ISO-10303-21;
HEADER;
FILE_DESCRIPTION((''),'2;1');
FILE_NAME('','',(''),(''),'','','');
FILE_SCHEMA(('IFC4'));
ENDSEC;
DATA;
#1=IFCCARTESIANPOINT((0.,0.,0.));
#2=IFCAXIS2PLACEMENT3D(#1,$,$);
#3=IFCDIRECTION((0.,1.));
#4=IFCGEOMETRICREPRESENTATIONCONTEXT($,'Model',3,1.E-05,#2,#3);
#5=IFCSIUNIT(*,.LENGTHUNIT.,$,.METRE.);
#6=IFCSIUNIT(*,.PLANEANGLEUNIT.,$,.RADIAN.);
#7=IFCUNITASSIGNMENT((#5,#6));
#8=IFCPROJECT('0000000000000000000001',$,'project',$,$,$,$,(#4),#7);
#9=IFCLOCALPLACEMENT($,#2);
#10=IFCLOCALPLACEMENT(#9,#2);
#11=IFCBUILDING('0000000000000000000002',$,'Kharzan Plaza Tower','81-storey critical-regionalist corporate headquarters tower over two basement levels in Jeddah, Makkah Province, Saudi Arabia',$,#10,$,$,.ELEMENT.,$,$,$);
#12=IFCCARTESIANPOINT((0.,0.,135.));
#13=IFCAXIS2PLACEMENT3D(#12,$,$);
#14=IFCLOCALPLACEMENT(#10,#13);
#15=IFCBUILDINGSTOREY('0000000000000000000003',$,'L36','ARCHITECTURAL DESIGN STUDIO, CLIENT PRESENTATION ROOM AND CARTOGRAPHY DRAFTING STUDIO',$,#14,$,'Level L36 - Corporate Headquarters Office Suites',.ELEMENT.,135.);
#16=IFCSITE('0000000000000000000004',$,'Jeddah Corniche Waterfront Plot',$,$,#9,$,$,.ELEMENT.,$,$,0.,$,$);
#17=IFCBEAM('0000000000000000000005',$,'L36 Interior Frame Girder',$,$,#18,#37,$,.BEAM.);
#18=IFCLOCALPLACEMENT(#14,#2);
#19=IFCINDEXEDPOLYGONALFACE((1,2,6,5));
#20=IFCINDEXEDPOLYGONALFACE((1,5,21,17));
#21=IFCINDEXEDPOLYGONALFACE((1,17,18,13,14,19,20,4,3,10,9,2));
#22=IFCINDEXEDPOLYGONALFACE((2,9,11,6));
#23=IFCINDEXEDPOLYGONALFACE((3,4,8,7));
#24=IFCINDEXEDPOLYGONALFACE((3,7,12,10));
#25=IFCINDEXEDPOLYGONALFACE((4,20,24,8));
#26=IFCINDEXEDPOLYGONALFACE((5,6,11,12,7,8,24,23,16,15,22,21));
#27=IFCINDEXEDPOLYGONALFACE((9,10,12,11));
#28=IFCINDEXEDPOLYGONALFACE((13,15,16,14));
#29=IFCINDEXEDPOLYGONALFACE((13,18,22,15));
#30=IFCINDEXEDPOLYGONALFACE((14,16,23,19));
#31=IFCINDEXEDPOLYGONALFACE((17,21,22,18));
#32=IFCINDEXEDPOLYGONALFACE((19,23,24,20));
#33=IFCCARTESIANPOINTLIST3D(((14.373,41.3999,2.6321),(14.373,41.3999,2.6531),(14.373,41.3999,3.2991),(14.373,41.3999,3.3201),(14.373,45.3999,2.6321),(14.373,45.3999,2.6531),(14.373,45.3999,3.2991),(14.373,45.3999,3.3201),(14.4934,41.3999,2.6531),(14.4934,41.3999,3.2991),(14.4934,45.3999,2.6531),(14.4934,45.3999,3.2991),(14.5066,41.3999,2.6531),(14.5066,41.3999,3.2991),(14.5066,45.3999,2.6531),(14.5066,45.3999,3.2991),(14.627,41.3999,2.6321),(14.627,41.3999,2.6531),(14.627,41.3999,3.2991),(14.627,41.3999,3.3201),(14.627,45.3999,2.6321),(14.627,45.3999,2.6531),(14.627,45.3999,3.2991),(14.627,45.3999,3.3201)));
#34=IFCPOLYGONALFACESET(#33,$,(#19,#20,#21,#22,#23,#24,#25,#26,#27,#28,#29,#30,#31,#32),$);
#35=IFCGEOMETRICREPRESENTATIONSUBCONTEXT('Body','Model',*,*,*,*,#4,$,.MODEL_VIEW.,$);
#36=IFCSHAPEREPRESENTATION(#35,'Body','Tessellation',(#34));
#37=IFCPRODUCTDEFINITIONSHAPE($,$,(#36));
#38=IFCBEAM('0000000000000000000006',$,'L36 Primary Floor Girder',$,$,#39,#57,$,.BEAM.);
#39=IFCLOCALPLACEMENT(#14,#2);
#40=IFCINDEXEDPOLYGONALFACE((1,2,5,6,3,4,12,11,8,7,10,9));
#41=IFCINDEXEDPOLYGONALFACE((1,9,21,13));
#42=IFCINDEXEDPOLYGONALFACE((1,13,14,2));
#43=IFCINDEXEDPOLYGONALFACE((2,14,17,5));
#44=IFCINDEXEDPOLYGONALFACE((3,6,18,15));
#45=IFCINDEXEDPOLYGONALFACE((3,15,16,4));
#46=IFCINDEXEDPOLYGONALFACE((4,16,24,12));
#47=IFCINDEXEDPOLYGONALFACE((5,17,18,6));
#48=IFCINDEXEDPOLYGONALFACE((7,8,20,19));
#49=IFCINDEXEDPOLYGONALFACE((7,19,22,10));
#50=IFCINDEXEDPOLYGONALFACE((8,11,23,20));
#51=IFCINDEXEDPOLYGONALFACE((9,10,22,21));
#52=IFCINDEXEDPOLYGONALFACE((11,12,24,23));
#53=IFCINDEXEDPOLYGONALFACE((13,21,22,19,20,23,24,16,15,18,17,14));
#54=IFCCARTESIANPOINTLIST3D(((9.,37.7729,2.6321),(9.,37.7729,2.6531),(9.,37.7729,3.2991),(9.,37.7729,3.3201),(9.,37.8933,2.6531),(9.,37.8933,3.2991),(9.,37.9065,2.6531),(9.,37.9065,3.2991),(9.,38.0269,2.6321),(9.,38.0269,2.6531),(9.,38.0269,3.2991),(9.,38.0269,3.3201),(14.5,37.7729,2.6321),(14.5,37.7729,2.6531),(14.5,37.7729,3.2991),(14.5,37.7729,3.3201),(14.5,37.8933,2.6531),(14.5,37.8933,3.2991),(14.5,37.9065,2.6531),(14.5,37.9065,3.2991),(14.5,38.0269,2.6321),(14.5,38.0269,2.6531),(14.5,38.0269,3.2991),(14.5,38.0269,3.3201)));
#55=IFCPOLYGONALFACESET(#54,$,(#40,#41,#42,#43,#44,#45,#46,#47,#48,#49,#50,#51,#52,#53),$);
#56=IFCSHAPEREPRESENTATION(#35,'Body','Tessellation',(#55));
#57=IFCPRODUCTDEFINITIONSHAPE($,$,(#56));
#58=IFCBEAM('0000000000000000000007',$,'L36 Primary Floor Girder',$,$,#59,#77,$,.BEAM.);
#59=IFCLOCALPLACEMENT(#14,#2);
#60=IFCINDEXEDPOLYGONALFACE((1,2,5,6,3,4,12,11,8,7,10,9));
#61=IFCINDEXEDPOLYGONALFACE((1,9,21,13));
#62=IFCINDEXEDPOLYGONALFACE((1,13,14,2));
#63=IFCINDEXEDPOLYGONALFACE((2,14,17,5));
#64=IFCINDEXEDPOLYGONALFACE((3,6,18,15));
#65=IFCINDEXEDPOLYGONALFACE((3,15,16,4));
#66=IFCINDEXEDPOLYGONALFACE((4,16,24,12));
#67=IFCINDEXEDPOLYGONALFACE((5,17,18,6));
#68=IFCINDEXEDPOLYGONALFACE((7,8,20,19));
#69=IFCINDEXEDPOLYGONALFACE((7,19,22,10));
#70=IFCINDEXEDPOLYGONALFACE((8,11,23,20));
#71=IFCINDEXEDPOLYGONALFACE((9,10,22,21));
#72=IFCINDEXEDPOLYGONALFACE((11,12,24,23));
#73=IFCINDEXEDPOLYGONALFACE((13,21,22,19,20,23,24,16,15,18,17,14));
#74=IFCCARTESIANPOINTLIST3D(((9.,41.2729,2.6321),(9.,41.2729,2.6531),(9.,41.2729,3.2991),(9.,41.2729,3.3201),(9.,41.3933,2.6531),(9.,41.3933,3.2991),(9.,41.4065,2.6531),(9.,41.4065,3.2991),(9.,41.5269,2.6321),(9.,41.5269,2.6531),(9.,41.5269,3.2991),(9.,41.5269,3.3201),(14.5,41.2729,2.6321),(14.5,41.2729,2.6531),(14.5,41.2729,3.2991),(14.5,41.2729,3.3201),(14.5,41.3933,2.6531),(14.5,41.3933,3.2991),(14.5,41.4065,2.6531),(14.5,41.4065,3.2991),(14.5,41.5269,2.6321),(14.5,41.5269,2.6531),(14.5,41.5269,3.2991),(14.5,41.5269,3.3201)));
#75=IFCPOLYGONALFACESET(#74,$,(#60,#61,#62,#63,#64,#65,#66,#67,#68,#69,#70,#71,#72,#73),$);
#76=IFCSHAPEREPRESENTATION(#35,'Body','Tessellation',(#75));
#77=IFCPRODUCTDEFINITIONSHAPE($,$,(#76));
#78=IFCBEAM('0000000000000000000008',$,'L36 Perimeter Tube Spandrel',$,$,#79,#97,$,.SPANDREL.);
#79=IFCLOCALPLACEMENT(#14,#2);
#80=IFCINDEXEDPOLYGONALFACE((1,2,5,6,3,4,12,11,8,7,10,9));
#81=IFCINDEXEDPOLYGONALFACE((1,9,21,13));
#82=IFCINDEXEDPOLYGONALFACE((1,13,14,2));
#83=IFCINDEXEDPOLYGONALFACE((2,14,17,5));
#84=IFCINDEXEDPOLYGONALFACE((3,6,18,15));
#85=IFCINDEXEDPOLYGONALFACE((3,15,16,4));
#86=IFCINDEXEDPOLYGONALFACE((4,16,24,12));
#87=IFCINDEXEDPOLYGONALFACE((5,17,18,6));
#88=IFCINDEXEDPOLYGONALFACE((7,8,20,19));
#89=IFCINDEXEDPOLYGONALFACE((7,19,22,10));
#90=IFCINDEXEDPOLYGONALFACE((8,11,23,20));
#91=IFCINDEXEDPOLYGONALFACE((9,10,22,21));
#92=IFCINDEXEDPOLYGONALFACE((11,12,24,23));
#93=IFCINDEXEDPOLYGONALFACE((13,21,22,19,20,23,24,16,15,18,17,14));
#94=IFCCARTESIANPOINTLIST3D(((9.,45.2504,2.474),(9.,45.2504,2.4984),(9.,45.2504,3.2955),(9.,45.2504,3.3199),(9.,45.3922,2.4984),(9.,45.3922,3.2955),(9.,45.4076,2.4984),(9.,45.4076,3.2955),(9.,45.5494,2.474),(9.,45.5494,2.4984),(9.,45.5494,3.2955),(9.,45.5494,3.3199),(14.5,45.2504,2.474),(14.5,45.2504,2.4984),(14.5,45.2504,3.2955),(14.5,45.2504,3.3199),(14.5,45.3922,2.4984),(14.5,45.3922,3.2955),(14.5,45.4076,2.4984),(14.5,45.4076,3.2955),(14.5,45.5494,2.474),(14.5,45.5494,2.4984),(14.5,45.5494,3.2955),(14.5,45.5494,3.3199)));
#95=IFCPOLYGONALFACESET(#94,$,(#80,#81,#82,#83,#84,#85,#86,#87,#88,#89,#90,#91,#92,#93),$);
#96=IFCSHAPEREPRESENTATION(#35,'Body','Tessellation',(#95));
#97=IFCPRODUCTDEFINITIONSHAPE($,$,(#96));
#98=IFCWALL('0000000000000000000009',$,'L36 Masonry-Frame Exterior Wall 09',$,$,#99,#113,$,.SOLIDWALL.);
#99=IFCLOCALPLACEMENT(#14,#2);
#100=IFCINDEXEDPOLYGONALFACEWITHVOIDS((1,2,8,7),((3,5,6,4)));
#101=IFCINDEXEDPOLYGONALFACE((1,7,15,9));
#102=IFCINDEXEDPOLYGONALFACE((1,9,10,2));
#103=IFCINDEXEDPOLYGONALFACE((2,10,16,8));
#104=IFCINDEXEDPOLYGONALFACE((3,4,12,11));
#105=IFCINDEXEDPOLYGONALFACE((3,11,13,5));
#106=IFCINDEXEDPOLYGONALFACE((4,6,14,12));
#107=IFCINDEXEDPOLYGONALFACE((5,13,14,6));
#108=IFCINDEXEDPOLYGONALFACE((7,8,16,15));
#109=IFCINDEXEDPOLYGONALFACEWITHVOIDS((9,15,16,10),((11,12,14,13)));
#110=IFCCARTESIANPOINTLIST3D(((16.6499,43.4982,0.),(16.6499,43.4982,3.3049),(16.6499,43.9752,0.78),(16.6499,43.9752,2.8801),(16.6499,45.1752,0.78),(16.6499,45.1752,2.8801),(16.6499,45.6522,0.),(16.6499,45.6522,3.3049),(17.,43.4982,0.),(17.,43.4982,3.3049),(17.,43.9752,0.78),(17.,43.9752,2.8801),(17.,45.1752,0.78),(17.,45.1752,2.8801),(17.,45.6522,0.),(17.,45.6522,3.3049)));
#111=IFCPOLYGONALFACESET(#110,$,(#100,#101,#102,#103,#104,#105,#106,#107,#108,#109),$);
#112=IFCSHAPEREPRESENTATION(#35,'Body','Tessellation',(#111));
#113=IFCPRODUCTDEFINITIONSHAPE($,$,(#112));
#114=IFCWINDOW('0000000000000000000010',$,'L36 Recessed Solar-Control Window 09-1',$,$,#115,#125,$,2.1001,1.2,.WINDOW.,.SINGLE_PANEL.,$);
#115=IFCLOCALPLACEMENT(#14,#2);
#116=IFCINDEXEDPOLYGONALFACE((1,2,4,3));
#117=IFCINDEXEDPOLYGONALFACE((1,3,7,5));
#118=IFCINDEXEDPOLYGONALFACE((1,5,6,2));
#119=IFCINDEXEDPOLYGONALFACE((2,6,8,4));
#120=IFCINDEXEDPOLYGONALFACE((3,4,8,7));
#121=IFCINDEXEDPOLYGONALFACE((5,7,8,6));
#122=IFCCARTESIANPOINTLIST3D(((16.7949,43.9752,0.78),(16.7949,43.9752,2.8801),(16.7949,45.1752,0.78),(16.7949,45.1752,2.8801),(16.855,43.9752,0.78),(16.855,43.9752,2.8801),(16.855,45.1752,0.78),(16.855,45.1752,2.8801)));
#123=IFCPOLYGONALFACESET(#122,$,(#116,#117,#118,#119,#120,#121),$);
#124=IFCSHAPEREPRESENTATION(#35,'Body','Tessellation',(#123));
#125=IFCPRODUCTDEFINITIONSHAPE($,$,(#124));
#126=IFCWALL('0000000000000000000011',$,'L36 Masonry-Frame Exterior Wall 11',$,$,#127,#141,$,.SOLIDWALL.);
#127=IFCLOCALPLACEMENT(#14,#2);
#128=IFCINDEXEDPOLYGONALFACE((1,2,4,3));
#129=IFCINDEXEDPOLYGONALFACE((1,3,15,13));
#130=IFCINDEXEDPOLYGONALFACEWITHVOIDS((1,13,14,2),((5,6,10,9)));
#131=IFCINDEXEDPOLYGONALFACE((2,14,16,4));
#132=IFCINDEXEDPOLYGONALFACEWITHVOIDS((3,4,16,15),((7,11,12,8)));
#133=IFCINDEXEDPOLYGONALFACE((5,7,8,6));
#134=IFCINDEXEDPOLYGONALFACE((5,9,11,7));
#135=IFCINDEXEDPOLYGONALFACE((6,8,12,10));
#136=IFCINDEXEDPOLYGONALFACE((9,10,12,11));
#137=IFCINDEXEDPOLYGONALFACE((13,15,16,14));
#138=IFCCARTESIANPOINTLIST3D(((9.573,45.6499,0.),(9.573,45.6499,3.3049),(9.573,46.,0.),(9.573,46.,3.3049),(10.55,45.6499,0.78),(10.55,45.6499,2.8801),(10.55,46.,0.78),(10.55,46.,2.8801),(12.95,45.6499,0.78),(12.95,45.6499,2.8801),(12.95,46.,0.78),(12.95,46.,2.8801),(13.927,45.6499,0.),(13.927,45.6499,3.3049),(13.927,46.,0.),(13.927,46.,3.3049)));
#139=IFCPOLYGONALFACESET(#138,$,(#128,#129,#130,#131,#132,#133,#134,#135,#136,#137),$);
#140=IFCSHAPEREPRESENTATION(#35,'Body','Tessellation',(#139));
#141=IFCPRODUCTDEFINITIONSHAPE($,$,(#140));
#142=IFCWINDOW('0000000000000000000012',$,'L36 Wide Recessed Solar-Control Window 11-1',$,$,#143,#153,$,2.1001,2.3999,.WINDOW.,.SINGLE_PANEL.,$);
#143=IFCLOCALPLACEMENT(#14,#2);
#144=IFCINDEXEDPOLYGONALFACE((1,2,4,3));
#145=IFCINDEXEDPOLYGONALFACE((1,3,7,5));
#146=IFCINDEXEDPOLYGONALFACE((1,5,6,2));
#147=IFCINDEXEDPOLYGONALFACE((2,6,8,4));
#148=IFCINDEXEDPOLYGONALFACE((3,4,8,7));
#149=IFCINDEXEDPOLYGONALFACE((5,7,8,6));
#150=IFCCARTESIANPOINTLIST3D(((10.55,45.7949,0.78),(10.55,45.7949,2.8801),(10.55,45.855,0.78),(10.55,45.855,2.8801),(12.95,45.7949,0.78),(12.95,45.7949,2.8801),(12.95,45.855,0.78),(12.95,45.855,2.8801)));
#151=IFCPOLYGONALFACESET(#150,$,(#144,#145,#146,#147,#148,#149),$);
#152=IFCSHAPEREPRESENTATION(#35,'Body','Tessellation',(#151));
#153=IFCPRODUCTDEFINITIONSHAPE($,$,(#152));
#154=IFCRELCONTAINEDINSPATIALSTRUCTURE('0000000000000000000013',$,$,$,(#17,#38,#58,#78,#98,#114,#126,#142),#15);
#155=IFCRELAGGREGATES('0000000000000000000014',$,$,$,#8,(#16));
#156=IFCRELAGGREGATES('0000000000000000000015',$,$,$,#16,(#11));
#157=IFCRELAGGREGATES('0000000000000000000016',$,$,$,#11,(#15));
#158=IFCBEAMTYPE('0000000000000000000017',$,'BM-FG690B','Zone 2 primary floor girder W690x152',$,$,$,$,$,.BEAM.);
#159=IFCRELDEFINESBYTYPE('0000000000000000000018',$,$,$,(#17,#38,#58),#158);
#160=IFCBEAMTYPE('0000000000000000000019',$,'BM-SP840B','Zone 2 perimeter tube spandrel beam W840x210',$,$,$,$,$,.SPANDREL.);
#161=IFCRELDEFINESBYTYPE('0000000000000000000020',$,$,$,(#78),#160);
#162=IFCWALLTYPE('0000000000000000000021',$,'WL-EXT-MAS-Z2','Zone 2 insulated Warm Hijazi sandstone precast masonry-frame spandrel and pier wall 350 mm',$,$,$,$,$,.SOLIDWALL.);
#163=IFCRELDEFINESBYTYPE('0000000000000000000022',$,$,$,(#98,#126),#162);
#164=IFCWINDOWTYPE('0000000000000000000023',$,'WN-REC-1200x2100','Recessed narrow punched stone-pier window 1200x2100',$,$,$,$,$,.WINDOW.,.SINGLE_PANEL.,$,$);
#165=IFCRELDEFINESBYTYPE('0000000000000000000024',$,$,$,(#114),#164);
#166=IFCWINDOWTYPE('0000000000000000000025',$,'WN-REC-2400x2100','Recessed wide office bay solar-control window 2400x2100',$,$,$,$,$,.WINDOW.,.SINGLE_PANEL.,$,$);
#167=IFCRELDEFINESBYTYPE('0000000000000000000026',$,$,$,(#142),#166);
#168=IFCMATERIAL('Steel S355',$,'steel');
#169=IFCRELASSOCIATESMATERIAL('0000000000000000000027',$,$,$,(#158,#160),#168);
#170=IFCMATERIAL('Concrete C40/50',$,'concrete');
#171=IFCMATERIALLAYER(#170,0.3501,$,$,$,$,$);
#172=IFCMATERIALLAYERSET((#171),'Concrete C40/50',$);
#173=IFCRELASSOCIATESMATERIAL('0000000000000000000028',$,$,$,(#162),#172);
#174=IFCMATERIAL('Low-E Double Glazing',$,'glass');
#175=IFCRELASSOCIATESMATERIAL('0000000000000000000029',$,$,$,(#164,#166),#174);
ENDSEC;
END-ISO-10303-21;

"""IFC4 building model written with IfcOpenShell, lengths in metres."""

from ifc_helpers import new_model, si_unit, direction, frame, frame_2d, origin, origin_2d, place, context, subcontext, project, spatial, rectangle, i_section, extrude, source, transform, mapped, material, layer, layer_set, material_profile, profile_set, type_object, element, fill, save


model = new_model("IFC4")

# Units and contexts
model_context = context("Model", 3, precision=1e-05, world=origin(), true_north=direction((0.0, 1.0)))
body_context = subcontext(model_context, "Body", "Model", "MODEL_VIEW")
ifc_project = project(units=[si_unit("LENGTHUNIT", "METRE"), si_unit("PLANEANGLEUNIT", "RADIAN")], contexts=[model_context])

# Site, building, storey
site_placement = place(None, origin())
site = spatial("IfcSite", under=ifc_project, at=site_placement, Name="Jeddah Corniche Waterfront Plot", CompositionType="ELEMENT", RefElevation=0.0)
building_placement = place(site_placement, origin())
building = spatial("IfcBuilding", under=site, at=building_placement, Name="Kharzan Plaza Tower", Description="81-storey critical-regionalist corporate headquarters tower over two basement levels in Jeddah, Makkah Province, Saudi Arabia", CompositionType="ELEMENT")
storey_placement = place(building_placement, frame((0.0, 0.0, 135.0)))
storey = spatial("IfcBuildingStorey", under=building, at=storey_placement, Name="L36", Description="ARCHITECTURAL DESIGN STUDIO, CLIENT PRESENTATION ROOM AND CARTOGRAPHY DRAFTING STUDIO", LongName="Level L36 - Corporate Headquarters Office Suites", CompositionType="ELEMENT", Elevation=135.0)

# Beams
ifc_material_1 = material(Name="Steel S355", Category="steel")
ifc_material_profile_1 = material_profile(ifc_material_1, i_section(OverallWidth=0.2539, OverallDepth=0.688, WebThickness=0.0132, FlangeThickness=0.021, at=origin_2d()), Name="W690x152")
ifc_profile_set_1 = profile_set([ifc_material_profile_1], Name="Steel S355")
beam_type_1 = type_object("IfcBeamType", Name="BM-FG690B", Description="Zone 2 primary floor girder W690x152", PredefinedType="BEAM", material=ifc_profile_set_1)
shared_shape_1 = source(origin(), body_context, "Body", "SweptSolid", [
    extrude(i_section(OverallWidth=0.2539, OverallDepth=0.688, WebThickness=0.0132, FlangeThickness=0.021, at=origin_2d()), origin(), (0.0, 0.0, 1.0), 4.0),
])
for number, where, z_axis, x_axis, name in (
    (1, (14.5, 41.3999, 2.9761), (0.0, 1.0, 0.0), (-1.0, 0.0, 0.0), "L36 Interior Frame Girder"),
):
    element("IfcBeam", number, at=place(storey_placement, frame(where, z_axis=z_axis, x_axis=x_axis)), inside=storey, type_object=beam_type_1, Name=name, PredefinedType="BEAM", context=body_context, shape_type="MappedRepresentation", body=[
        mapped(shared_shape_1, transform((0.0, 0.0, 0.0), x_axis=(1.0, 0.0, 0.0), y_axis=(0.0, 1.0, 0.0), z_axis=(0.0, 0.0, 1.0))),
    ])
shared_shape_2 = source(origin(), body_context, "Body", "SweptSolid", [
    extrude(i_section(OverallWidth=0.2539, OverallDepth=0.688, WebThickness=0.0132, FlangeThickness=0.021, at=origin_2d()), origin(), (0.0, 0.0, 1.0), 5.5),
])
for number, where, z_axis, x_axis, name in (
    (2, (9.0, 37.8999, 2.9761), (1.0, 0.0, 0.0), (0.0, 1.0, 0.0), "L36 Primary Floor Girder"),
    (3, (9.0, 41.3999, 2.9761), (1.0, 0.0, 0.0), (0.0, 1.0, 0.0), "L36 Primary Floor Girder"),
):
    element("IfcBeam", number, at=place(storey_placement, frame(where, z_axis=z_axis, x_axis=x_axis)), inside=storey, type_object=beam_type_1, Name=name, PredefinedType="BEAM", context=body_context, shape_type="MappedRepresentation", body=[
        mapped(shared_shape_2, transform((0.0, 0.0, 0.0), x_axis=(1.0, 0.0, 0.0), y_axis=(0.0, 1.0, 0.0), z_axis=(0.0, 0.0, 1.0))),
    ])
ifc_material_profile_2 = material_profile(ifc_material_1, i_section(OverallWidth=0.2991, OverallDepth=0.8459, WebThickness=0.0154, FlangeThickness=0.0244, at=origin_2d()), Name="W840x210")
ifc_profile_set_2 = profile_set([ifc_material_profile_2], Name="Steel S355")
beam_type_2 = type_object("IfcBeamType", Name="BM-SP840B", Description="Zone 2 perimeter tube spandrel beam W840x210", PredefinedType="SPANDREL", material=ifc_profile_set_2)
shared_shape_3 = source(origin(), body_context, "Body", "SweptSolid", [
    extrude(i_section(OverallWidth=0.2991, OverallDepth=0.8459, WebThickness=0.0154, FlangeThickness=0.0244, at=origin_2d()), origin(), (0.0, 0.0, 1.0), 5.5),
])
beam_placement = place(storey_placement, frame((9.0, 45.3999, 2.897), z_axis=(1.0, 0.0, 0.0), x_axis=(0.0, 1.0, 0.0)))
element("IfcBeam", 4, at=beam_placement, inside=storey, type_object=beam_type_2, Name="L36 Perimeter Tube Spandrel", PredefinedType="SPANDREL", context=body_context, shape_type="MappedRepresentation", body=[
    mapped(shared_shape_3, transform((0.0, 0.0, 0.0), x_axis=(1.0, 0.0, 0.0), y_axis=(0.0, 1.0, 0.0), z_axis=(0.0, 0.0, 1.0))),
])

# Walls, openings, windows
ifc_material_2 = material(Name="Concrete C40/50", Category="concrete")
ifc_layer_1 = layer(ifc_material_2, 0.3501)
ifc_layer_set_1 = layer_set([ifc_layer_1], Name="Concrete C40/50")
wall_type_1 = type_object("IfcWallType", Name="WL-EXT-MAS-Z2", Description="Zone 2 insulated Warm Hijazi sandstone precast masonry-frame spandrel and pier wall 350 mm", PredefinedType="SOLIDWALL", material=ifc_layer_set_1)
wall_1_placement = place(storey_placement, frame((16.825, 43.498, 0.0), z_axis=(0.0, 0.0, 1.0), x_axis=(0.0, 1.0, 0.0)))
wall_1 = element("IfcWall", 5, at=wall_1_placement, inside=storey, type_object=wall_type_1, Name="L36 Masonry-Frame Exterior Wall 09", PredefinedType="SOLIDWALL", context=body_context, shape_type="SweptSolid", body=[
    extrude(rectangle(XDim=2.1541, YDim=0.3501, at=frame_2d((1.0771, 0.0))), origin(), (0.0, 0.0, 1.0), 3.3049),
])
opening_1_placement = place(wall_1_placement, frame((0.4771, 0.0, 0.78)))
opening_1 = element("IfcOpeningElement", 6, at=opening_1_placement, cuts=wall_1, PredefinedType="OPENING", context=body_context, shape_type="SweptSolid", body=[
    extrude(rectangle(XDim=1.2, YDim=2.1001, at=frame_2d((0.6001, 1.05))), frame((0.0, 0.1851, 0.0), z_axis=(0.0, -1.0, 0.0), x_axis=(1.0, 0.0, 0.0)), (0.0, 0.0, 1.0), 0.3701),
])
ifc_material_3 = material(Name="Low-E Double Glazing", Category="glass")
window_type_1 = type_object("IfcWindowType", Name="WN-REC-1200x2100", Description="Recessed narrow punched stone-pier window 1200x2100", PartitioningType="SINGLE_PANEL", PredefinedType="WINDOW", material=ifc_material_3)
shared_shape_4 = source(origin(), body_context, "Body", "SweptSolid", [
    extrude(rectangle(XDim=1.2, YDim=2.1001, at=frame_2d((0.6001, 1.05))), frame((0.0, 0.03, 0.0), z_axis=(0.0, -1.0, 0.0), x_axis=(1.0, 0.0, 0.0)), (0.0, 0.0, 1.0), 0.0601),
])
window_1_placement = place(opening_1_placement, origin())
window_1 = element("IfcWindow", 7, at=window_1_placement, inside=storey, type_object=window_type_1, Name="L36 Recessed Solar-Control Window 09-1", OverallHeight=2.1001, OverallWidth=1.2, PartitioningType="SINGLE_PANEL", PredefinedType="WINDOW", context=body_context, shape_type="MappedRepresentation", body=[
    mapped(shared_shape_4, transform((0.0, 0.0, 0.0), x_axis=(1.0, 0.0, 0.0), y_axis=(0.0, 1.0, 0.0), z_axis=(0.0, 0.0, 1.0))),
])
fill(opening_1, window_1)
wall_2_placement = place(storey_placement, frame((13.927, 45.825, 0.0), z_axis=(0.0, 0.0, 1.0), x_axis=(-1.0, 0.0, 0.0)))
wall_2 = element("IfcWall", 8, at=wall_2_placement, inside=storey, type_object=wall_type_1, Name="L36 Masonry-Frame Exterior Wall 11", PredefinedType="SOLIDWALL", context=body_context, shape_type="SweptSolid", body=[
    extrude(rectangle(XDim=4.354, YDim=0.3501, at=frame_2d((2.177, 0.0))), origin(), (0.0, 0.0, 1.0), 3.3049),
])
opening_2_placement = place(wall_2_placement, frame((0.9771, 0.0, 0.78)))
opening_2 = element("IfcOpeningElement", 9, at=opening_2_placement, cuts=wall_2, PredefinedType="OPENING", context=body_context, shape_type="SweptSolid", body=[
    extrude(rectangle(XDim=2.3999, YDim=2.1001, at=frame_2d((1.2, 1.05))), frame((0.0, 0.1851, 0.0), z_axis=(0.0, -1.0, 0.0), x_axis=(1.0, 0.0, 0.0)), (0.0, 0.0, 1.0), 0.3701),
])
window_type_2 = type_object("IfcWindowType", Name="WN-REC-2400x2100", Description="Recessed wide office bay solar-control window 2400x2100", PartitioningType="SINGLE_PANEL", PredefinedType="WINDOW", material=ifc_material_3)
shared_shape_5 = source(origin(), body_context, "Body", "SweptSolid", [
    extrude(rectangle(XDim=2.3999, YDim=2.1001, at=frame_2d((1.2, 1.05))), frame((0.0, 0.03, 0.0), z_axis=(0.0, -1.0, 0.0), x_axis=(1.0, 0.0, 0.0)), (0.0, 0.0, 1.0), 0.0601),
])
window_2_placement = place(opening_2_placement, origin())
window_2 = element("IfcWindow", 10, at=window_2_placement, inside=storey, type_object=window_type_2, Name="L36 Wide Recessed Solar-Control Window 11-1", OverallHeight=2.1001, OverallWidth=2.3999, PartitioningType="SINGLE_PANEL", PredefinedType="WINDOW", context=body_context, shape_type="MappedRepresentation", body=[
    mapped(shared_shape_5, transform((0.0, 0.0, 0.0), x_axis=(1.0, 0.0, 0.0), y_axis=(0.0, 1.0, 0.0), z_axis=(0.0, 0.0, 1.0))),
])
fill(opening_2, window_2)

save(model, "model.ifc")
